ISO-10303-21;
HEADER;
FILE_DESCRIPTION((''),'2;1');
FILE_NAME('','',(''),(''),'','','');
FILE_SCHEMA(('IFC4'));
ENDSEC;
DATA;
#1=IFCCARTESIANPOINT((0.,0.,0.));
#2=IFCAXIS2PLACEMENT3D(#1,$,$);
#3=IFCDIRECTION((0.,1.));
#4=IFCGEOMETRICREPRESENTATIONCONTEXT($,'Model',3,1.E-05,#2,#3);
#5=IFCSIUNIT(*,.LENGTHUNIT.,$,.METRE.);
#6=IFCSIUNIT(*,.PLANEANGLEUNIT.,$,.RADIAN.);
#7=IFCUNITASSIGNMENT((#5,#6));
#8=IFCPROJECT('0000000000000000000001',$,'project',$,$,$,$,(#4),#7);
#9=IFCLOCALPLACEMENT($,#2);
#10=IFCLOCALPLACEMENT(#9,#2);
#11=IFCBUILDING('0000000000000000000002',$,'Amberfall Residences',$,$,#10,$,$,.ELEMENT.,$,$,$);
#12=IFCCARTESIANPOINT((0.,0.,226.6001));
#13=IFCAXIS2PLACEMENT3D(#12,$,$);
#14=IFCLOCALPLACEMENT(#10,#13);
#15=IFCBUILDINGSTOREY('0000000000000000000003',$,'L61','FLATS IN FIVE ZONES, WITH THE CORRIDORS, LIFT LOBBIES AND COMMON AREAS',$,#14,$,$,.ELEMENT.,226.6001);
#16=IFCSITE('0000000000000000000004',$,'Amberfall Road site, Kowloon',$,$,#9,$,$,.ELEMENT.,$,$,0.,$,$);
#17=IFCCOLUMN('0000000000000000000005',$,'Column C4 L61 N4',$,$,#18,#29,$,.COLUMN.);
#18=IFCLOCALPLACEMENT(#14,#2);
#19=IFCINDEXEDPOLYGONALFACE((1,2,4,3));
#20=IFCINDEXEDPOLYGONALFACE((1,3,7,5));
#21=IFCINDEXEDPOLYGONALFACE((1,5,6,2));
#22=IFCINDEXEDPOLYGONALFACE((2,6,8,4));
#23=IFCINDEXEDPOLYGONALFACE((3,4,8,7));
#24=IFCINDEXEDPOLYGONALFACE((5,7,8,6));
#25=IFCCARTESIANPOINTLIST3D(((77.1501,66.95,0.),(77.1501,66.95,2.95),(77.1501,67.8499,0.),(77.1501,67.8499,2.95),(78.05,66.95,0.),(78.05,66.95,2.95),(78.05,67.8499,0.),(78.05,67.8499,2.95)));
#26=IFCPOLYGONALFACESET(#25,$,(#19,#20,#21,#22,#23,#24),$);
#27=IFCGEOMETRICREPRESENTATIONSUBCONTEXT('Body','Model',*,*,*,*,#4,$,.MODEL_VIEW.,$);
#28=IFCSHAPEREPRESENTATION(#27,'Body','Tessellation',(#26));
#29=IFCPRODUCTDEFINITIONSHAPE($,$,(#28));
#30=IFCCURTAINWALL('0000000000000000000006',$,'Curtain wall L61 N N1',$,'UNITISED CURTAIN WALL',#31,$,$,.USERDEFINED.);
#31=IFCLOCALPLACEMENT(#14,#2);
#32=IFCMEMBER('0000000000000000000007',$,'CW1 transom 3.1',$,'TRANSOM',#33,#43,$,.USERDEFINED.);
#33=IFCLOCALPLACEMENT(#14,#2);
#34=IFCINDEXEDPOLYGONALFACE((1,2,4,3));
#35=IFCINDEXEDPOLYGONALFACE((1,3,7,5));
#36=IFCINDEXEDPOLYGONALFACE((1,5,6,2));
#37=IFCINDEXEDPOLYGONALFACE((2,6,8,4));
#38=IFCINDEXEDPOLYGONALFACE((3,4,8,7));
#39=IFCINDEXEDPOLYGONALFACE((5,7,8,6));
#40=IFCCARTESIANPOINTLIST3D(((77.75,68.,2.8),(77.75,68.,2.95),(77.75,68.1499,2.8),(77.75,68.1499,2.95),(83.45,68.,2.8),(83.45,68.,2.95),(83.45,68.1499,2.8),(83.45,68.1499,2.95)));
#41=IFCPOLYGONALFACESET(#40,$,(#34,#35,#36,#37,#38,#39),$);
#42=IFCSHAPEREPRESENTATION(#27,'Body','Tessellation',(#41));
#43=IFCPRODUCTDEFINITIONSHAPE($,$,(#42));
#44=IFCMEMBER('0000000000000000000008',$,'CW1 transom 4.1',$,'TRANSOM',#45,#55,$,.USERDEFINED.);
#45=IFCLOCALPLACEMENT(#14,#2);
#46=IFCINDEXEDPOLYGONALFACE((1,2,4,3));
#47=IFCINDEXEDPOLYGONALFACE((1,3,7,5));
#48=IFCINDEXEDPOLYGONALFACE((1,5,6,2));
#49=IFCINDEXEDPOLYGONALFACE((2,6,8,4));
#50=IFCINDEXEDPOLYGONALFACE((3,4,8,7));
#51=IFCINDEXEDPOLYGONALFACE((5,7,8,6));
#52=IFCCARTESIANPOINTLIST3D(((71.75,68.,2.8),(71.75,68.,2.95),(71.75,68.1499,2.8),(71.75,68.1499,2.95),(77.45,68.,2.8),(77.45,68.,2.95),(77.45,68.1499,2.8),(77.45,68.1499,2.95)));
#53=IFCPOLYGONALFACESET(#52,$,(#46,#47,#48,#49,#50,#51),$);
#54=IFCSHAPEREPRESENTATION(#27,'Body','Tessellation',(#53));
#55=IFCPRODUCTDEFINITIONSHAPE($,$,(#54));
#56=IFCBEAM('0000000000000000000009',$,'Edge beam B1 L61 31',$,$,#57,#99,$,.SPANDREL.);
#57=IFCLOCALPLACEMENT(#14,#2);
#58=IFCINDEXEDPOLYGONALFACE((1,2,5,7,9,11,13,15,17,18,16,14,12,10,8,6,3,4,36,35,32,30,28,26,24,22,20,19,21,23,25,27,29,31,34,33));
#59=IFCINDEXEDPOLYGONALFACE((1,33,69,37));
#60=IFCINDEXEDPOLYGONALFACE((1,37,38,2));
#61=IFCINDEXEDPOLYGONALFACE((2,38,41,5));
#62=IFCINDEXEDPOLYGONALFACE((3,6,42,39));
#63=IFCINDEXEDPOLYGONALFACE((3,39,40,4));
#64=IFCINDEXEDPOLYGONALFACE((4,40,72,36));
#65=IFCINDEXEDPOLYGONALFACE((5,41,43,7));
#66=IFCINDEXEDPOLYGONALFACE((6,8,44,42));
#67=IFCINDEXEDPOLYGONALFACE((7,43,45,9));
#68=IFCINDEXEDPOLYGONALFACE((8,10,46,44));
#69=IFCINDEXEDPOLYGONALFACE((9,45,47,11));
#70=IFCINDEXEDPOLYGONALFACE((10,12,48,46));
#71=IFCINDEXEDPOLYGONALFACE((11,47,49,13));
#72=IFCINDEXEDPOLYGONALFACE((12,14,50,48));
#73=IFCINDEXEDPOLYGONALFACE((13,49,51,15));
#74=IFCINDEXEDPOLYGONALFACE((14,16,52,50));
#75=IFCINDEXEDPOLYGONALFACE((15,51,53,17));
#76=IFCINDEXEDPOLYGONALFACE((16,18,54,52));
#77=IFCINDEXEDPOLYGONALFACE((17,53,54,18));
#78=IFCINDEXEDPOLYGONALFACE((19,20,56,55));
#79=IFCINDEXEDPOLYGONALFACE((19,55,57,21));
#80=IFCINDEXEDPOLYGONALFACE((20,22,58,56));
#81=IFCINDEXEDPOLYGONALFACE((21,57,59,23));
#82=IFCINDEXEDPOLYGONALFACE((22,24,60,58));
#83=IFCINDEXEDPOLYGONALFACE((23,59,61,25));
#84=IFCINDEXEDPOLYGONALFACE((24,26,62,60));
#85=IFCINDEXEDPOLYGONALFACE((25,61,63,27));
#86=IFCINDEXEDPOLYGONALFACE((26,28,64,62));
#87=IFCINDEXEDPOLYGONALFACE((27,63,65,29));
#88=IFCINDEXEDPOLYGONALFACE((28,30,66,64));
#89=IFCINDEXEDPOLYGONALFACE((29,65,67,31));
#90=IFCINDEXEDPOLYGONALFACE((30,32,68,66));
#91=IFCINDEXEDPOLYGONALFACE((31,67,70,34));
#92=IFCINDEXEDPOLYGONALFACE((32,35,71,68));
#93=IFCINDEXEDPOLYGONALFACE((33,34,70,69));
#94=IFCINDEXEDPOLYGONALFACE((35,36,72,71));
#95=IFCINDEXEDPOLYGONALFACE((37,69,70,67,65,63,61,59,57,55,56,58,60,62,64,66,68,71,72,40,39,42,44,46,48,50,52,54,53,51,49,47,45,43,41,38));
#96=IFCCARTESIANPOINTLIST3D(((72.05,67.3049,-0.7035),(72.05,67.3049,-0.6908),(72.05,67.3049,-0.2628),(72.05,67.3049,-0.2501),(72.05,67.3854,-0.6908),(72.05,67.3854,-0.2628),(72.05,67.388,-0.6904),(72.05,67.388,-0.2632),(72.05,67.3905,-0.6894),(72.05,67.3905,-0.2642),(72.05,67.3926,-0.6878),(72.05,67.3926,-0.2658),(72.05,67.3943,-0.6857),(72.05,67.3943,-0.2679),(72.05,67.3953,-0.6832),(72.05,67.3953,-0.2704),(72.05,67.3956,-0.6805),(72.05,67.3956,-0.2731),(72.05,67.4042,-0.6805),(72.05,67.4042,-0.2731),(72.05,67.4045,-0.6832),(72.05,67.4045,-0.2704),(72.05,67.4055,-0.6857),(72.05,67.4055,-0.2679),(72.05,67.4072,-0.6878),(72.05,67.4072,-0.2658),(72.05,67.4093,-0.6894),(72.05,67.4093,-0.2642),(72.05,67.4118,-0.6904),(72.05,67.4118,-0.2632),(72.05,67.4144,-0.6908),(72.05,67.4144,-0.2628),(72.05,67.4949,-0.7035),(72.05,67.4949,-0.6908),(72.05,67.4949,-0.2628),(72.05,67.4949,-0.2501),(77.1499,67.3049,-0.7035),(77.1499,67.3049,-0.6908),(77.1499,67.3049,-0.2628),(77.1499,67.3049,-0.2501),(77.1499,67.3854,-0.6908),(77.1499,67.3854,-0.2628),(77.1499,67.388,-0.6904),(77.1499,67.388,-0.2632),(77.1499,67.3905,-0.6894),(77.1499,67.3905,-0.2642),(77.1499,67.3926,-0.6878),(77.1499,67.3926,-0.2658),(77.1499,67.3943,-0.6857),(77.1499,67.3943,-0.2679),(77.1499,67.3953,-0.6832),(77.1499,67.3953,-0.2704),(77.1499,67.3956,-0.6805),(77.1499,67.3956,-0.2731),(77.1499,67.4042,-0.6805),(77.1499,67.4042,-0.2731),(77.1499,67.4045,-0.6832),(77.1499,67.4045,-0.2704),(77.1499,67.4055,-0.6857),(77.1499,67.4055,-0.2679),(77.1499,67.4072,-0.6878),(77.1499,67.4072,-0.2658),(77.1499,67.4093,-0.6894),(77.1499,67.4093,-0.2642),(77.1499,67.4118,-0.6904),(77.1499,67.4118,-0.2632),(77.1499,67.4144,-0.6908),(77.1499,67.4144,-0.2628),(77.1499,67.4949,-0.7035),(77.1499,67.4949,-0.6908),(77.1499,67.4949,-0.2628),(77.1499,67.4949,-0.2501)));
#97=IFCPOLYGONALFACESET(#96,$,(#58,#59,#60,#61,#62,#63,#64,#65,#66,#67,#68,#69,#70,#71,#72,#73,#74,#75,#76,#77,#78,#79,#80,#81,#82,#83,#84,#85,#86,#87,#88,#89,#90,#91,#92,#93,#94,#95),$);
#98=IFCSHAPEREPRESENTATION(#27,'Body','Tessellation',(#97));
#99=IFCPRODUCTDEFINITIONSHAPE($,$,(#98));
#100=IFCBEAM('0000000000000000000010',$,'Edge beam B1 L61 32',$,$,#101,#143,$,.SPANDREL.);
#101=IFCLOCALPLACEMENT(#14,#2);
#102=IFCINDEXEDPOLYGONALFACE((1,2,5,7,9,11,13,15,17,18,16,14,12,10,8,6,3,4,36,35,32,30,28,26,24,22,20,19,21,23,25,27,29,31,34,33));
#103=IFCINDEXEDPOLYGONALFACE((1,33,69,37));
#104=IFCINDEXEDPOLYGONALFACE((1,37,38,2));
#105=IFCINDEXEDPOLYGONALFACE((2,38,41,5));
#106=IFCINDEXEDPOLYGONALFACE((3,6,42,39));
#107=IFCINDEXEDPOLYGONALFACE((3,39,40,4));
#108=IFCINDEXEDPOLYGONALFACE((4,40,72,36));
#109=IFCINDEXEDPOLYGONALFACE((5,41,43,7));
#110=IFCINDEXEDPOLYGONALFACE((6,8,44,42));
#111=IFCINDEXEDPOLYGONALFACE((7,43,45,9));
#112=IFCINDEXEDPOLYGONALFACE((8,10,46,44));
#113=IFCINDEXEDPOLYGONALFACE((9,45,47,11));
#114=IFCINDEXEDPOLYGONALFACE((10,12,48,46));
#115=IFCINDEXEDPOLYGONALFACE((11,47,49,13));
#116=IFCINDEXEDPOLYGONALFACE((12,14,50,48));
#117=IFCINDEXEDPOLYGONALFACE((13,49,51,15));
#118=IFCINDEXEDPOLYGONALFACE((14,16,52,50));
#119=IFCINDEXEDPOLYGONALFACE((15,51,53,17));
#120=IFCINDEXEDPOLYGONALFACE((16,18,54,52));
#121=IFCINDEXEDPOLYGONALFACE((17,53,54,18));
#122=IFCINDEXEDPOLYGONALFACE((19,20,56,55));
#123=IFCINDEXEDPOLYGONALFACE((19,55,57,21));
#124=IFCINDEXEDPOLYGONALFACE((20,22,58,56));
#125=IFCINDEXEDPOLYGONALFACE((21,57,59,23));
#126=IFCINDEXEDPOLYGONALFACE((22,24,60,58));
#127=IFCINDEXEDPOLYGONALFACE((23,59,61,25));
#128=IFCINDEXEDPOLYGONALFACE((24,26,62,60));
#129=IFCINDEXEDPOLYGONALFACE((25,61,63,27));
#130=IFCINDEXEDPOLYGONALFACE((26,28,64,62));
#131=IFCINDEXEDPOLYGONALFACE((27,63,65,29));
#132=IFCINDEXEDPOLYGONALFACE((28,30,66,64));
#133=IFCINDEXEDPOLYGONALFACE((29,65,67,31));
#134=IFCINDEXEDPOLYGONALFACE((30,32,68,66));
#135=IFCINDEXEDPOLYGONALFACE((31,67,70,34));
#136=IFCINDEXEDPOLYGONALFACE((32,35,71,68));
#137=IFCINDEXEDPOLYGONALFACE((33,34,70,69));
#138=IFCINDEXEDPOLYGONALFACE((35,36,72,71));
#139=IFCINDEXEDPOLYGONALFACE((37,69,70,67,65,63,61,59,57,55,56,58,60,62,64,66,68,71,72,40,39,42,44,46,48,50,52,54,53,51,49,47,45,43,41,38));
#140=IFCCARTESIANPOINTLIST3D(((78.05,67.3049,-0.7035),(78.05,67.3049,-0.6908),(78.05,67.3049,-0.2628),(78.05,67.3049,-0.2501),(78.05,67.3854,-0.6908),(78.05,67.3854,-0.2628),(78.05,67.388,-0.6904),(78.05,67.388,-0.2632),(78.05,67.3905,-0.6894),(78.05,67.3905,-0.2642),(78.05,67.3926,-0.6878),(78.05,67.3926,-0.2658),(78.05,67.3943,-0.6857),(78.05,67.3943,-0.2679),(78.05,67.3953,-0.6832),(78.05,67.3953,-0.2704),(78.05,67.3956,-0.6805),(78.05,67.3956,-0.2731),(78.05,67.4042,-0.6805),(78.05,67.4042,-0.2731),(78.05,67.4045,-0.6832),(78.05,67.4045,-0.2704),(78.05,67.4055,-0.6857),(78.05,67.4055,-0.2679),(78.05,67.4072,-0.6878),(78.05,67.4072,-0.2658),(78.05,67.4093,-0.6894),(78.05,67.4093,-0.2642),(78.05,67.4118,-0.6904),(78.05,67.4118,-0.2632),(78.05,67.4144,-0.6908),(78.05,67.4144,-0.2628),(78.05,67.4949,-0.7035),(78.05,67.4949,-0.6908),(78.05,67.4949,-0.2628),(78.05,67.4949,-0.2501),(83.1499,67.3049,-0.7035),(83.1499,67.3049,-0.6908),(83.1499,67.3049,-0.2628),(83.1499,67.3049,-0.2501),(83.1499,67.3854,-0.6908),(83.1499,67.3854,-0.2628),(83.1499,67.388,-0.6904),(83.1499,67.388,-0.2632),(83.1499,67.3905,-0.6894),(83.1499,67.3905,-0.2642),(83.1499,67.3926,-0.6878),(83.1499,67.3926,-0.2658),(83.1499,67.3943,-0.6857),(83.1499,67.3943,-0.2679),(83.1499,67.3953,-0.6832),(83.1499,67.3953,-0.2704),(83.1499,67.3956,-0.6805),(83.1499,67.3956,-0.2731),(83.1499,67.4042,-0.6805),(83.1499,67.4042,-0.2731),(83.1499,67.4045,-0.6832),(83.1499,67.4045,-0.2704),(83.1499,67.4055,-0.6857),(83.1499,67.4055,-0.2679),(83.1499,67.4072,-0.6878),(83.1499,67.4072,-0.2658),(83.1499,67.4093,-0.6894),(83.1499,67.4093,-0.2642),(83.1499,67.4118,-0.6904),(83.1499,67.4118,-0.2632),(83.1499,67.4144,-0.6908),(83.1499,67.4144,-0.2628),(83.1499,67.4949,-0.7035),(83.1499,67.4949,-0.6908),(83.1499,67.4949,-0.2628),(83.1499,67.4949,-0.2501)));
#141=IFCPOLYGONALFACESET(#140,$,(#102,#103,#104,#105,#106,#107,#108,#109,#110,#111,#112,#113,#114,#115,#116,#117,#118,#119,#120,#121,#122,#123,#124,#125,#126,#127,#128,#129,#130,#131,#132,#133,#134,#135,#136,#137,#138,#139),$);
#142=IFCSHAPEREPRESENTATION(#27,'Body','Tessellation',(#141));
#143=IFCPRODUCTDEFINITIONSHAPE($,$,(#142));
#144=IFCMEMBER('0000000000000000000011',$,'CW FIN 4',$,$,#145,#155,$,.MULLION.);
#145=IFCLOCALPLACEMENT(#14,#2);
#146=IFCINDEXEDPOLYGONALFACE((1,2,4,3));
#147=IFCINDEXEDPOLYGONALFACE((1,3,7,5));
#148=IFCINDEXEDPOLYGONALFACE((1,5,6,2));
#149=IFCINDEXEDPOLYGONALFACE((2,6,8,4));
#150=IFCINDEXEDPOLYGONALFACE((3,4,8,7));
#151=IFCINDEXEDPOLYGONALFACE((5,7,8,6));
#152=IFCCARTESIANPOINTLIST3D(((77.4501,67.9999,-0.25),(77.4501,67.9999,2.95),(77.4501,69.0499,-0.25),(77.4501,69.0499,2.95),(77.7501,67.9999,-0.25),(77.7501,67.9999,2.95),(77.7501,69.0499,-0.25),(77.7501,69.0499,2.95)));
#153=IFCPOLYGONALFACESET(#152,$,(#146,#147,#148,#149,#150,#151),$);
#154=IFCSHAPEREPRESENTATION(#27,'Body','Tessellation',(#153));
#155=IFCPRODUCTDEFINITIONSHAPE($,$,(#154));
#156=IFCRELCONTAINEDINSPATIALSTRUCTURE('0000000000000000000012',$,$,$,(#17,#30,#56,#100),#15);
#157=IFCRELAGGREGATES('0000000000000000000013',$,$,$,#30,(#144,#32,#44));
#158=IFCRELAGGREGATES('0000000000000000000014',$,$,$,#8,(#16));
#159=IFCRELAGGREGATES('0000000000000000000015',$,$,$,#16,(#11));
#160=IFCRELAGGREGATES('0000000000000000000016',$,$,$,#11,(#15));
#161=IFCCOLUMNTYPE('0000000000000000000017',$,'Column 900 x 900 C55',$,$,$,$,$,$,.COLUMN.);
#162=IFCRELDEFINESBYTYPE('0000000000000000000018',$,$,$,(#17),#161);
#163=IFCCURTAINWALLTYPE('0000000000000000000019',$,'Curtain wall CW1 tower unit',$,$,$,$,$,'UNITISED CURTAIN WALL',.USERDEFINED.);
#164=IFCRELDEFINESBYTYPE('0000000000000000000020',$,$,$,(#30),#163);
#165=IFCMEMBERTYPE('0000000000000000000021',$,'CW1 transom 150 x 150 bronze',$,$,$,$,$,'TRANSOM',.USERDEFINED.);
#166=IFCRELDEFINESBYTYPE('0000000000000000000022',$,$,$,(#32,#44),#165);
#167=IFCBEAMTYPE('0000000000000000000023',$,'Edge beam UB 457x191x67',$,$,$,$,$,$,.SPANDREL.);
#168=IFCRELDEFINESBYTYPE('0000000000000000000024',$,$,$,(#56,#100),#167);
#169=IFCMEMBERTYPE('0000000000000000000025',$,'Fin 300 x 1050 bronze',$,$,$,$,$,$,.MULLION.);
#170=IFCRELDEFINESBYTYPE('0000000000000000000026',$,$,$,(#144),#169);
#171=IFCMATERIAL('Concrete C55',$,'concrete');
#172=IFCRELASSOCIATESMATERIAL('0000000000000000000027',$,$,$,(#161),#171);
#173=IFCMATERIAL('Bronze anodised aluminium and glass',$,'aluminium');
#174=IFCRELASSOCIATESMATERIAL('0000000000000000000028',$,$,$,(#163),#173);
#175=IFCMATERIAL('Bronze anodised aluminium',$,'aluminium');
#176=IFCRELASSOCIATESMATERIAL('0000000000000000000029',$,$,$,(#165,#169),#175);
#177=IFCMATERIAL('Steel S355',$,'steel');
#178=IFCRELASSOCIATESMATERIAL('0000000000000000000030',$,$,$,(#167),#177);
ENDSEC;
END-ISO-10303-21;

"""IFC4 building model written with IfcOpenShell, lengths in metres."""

from ifc_helpers import new_model, si_unit, direction, frame, origin, origin_2d, place, context, subcontext, project, spatial, rectangle, i_section, extrude, material, material_profile, profile_set, type_object, element, aggregate, save


model = new_model("IFC4")

# Units and contexts
model_context = context("Model", 3, precision=1e-05, world=origin(), true_north=direction((0.0, 1.0)))
body_context = subcontext(model_context, "Body", "Model", "MODEL_VIEW")
ifc_project = project(units=[si_unit("LENGTHUNIT", "METRE"), si_unit("PLANEANGLEUNIT", "RADIAN")], contexts=[model_context])

# Site, building, storey
site_placement = place(None, origin())
site = spatial("IfcSite", under=ifc_project, at=site_placement, Name="Amberfall Road site, Kowloon", CompositionType="ELEMENT", RefElevation=0.0)
building_placement = place(site_placement, origin())
building = spatial("IfcBuilding", under=site, at=building_placement, Name="Amberfall Residences", CompositionType="ELEMENT")
storey_placement = place(building_placement, frame((0.0, 0.0, 226.6001)))
storey = spatial("IfcBuildingStorey", under=building, at=storey_placement, Name="L61", Description="FLATS IN FIVE ZONES, WITH THE CORRIDORS, LIFT LOBBIES AND COMMON AREAS", CompositionType="ELEMENT", Elevation=226.6001)

# Column
ifc_material_1 = material(Name="Concrete C55", Category="concrete")
ifc_material_profile_1 = material_profile(ifc_material_1, rectangle(XDim=0.8999, YDim=0.8999, at=origin_2d()), Name="Column 900 x 900 C55")
ifc_profile_set_1 = profile_set([ifc_material_profile_1], Name="Concrete C55")
column_type = type_object("IfcColumnType", Name="Column 900 x 900 C55", PredefinedType="COLUMN", material=ifc_profile_set_1)
column_placement = place(storey_placement, frame((77.6001, 67.3999, 0.0), z_axis=(0.0, 0.0, 1.0), x_axis=(1.0, 0.0, 0.0)))
element("IfcColumn", 1, at=column_placement, inside=storey, type_object=column_type, Name="Column C4 L61 N4", PredefinedType="COLUMN", context=body_context, shape_type="SweptSolid", body=[
    extrude(rectangle(XDim=0.8999, YDim=0.8999, at=origin_2d()), origin(), (0.0, 0.0, 1.0), 2.95),
])

# Curtain wall, members
ifc_material_2 = material(Name="Bronze anodised aluminium and glass", Category="aluminium")
curtain_wall_type = type_object("IfcCurtainWallType", Name="Curtain wall CW1 tower unit", ElementType="UNITISED CURTAIN WALL", PredefinedType="USERDEFINED", material=ifc_material_2)
curtain_wall_placement = place(storey_placement, origin())
curtain_wall = element("IfcCurtainWall", 2, at=curtain_wall_placement, inside=storey, type_object=curtain_wall_type, Name="Curtain wall L61 N N1", ObjectType="UNITISED CURTAIN WALL", PredefinedType="USERDEFINED")
ifc_material_3 = material(Name="Bronze anodised aluminium", Category="aluminium")
ifc_material_profile_2 = material_profile(ifc_material_3, rectangle(XDim=0.1499, YDim=0.1499, at=origin_2d()), Name="CW1 transom 150 x 150 bronze")
ifc_profile_set_2 = profile_set([ifc_material_profile_2], Name="Bronze anodised aluminium")
member_type_1 = type_object("IfcMemberType", Name="CW1 transom 150 x 150 bronze", ElementType="TRANSOM", PredefinedType="USERDEFINED", material=ifc_profile_set_2)
member_1_placement = place(storey_placement, frame((83.45, 68.075, 2.875), z_axis=(-1.0, 0.0, 0.0), x_axis=(0.0, -1.0, 0.0)))
member_1 = element("IfcMember", 3, at=member_1_placement, type_object=member_type_1, Name="CW1 transom 3.1", ObjectType="TRANSOM", PredefinedType="USERDEFINED", context=body_context, shape_type="SweptSolid", body=[
    extrude(rectangle(XDim=0.1499, YDim=0.1499, at=origin_2d()), origin(), (0.0, 0.0, 1.0), 5.7),
])
member_2_placement = place(storey_placement, frame((77.45, 68.075, 2.875), z_axis=(-1.0, 0.0, 0.0), x_axis=(0.0, -1.0, 0.0)))
member_2 = element("IfcMember", 4, at=member_2_placement, type_object=member_type_1, Name="CW1 transom 4.1", ObjectType="TRANSOM", PredefinedType="USERDEFINED", context=body_context, shape_type="SweptSolid", body=[
    extrude(rectangle(XDim=0.1499, YDim=0.1499, at=origin_2d()), origin(), (0.0, 0.0, 1.0), 5.7),
])

# Beams
ifc_material_4 = material(Name="Steel S355", Category="steel")
ifc_material_profile_3 = material_profile(ifc_material_4, i_section(OverallWidth=0.1899, OverallDepth=0.4534, WebThickness=0.0085, FlangeThickness=0.0127, FilletRadius=0.0103, at=origin_2d()), Name="UB 457x191x67")
ifc_profile_set_3 = profile_set([ifc_material_profile_3], Name="Steel S355")
beam_type_1 = type_object("IfcBeamType", Name="Edge beam UB 457x191x67", PredefinedType="SPANDREL", material=ifc_profile_set_3)
for number, where, z_axis, x_axis, name in (
    (5, (72.05, 67.3999, -0.4768), (1.0, 0.0, 0.0), (0.0, 1.0, 0.0), "Edge beam B1 L61 31"),
    (6, (78.05, 67.3999, -0.4768), (1.0, 0.0, 0.0), (0.0, 1.0, 0.0), "Edge beam B1 L61 32"),
):
    element("IfcBeam", number, at=place(storey_placement, frame(where, z_axis=z_axis, x_axis=x_axis)), inside=storey, type_object=beam_type_1, Name=name, PredefinedType="SPANDREL", context=body_context, shape_type="SweptSolid", body=[
        extrude(i_section(OverallWidth=0.1899, OverallDepth=0.4534, WebThickness=0.0085, FlangeThickness=0.0127, FilletRadius=0.0103, at=origin_2d()), origin(), (0.0, 0.0, 1.0), 5.0999),
    ])

# Member
ifc_material_profile_4 = material_profile(ifc_material_3, rectangle(XDim=1.05, YDim=0.3, at=origin_2d()), Name="Fin 300 x 1050 bronze")
ifc_profile_set_4 = profile_set([ifc_material_profile_4], Name="Bronze anodised aluminium")
member_type_2 = type_object("IfcMemberType", Name="Fin 300 x 1050 bronze", PredefinedType="MULLION", material=ifc_profile_set_4)
member_3_placement = place(storey_placement, frame((77.6001, 68.5249, -0.25), z_axis=(0.0, 0.0, 1.0), x_axis=(0.0, -1.0, 0.0)))
member_3 = element("IfcMember", 7, at=member_3_placement, type_object=member_type_2, Name="CW FIN 4", PredefinedType="MULLION", context=body_context, shape_type="SweptSolid", body=[
    extrude(rectangle(XDim=1.05, YDim=0.3, at=origin_2d()), origin(), (0.0, 0.0, 1.0), 3.2),
])

aggregate(curtain_wall, [member_3, member_1, member_2])

save(model, "model.ifc")
